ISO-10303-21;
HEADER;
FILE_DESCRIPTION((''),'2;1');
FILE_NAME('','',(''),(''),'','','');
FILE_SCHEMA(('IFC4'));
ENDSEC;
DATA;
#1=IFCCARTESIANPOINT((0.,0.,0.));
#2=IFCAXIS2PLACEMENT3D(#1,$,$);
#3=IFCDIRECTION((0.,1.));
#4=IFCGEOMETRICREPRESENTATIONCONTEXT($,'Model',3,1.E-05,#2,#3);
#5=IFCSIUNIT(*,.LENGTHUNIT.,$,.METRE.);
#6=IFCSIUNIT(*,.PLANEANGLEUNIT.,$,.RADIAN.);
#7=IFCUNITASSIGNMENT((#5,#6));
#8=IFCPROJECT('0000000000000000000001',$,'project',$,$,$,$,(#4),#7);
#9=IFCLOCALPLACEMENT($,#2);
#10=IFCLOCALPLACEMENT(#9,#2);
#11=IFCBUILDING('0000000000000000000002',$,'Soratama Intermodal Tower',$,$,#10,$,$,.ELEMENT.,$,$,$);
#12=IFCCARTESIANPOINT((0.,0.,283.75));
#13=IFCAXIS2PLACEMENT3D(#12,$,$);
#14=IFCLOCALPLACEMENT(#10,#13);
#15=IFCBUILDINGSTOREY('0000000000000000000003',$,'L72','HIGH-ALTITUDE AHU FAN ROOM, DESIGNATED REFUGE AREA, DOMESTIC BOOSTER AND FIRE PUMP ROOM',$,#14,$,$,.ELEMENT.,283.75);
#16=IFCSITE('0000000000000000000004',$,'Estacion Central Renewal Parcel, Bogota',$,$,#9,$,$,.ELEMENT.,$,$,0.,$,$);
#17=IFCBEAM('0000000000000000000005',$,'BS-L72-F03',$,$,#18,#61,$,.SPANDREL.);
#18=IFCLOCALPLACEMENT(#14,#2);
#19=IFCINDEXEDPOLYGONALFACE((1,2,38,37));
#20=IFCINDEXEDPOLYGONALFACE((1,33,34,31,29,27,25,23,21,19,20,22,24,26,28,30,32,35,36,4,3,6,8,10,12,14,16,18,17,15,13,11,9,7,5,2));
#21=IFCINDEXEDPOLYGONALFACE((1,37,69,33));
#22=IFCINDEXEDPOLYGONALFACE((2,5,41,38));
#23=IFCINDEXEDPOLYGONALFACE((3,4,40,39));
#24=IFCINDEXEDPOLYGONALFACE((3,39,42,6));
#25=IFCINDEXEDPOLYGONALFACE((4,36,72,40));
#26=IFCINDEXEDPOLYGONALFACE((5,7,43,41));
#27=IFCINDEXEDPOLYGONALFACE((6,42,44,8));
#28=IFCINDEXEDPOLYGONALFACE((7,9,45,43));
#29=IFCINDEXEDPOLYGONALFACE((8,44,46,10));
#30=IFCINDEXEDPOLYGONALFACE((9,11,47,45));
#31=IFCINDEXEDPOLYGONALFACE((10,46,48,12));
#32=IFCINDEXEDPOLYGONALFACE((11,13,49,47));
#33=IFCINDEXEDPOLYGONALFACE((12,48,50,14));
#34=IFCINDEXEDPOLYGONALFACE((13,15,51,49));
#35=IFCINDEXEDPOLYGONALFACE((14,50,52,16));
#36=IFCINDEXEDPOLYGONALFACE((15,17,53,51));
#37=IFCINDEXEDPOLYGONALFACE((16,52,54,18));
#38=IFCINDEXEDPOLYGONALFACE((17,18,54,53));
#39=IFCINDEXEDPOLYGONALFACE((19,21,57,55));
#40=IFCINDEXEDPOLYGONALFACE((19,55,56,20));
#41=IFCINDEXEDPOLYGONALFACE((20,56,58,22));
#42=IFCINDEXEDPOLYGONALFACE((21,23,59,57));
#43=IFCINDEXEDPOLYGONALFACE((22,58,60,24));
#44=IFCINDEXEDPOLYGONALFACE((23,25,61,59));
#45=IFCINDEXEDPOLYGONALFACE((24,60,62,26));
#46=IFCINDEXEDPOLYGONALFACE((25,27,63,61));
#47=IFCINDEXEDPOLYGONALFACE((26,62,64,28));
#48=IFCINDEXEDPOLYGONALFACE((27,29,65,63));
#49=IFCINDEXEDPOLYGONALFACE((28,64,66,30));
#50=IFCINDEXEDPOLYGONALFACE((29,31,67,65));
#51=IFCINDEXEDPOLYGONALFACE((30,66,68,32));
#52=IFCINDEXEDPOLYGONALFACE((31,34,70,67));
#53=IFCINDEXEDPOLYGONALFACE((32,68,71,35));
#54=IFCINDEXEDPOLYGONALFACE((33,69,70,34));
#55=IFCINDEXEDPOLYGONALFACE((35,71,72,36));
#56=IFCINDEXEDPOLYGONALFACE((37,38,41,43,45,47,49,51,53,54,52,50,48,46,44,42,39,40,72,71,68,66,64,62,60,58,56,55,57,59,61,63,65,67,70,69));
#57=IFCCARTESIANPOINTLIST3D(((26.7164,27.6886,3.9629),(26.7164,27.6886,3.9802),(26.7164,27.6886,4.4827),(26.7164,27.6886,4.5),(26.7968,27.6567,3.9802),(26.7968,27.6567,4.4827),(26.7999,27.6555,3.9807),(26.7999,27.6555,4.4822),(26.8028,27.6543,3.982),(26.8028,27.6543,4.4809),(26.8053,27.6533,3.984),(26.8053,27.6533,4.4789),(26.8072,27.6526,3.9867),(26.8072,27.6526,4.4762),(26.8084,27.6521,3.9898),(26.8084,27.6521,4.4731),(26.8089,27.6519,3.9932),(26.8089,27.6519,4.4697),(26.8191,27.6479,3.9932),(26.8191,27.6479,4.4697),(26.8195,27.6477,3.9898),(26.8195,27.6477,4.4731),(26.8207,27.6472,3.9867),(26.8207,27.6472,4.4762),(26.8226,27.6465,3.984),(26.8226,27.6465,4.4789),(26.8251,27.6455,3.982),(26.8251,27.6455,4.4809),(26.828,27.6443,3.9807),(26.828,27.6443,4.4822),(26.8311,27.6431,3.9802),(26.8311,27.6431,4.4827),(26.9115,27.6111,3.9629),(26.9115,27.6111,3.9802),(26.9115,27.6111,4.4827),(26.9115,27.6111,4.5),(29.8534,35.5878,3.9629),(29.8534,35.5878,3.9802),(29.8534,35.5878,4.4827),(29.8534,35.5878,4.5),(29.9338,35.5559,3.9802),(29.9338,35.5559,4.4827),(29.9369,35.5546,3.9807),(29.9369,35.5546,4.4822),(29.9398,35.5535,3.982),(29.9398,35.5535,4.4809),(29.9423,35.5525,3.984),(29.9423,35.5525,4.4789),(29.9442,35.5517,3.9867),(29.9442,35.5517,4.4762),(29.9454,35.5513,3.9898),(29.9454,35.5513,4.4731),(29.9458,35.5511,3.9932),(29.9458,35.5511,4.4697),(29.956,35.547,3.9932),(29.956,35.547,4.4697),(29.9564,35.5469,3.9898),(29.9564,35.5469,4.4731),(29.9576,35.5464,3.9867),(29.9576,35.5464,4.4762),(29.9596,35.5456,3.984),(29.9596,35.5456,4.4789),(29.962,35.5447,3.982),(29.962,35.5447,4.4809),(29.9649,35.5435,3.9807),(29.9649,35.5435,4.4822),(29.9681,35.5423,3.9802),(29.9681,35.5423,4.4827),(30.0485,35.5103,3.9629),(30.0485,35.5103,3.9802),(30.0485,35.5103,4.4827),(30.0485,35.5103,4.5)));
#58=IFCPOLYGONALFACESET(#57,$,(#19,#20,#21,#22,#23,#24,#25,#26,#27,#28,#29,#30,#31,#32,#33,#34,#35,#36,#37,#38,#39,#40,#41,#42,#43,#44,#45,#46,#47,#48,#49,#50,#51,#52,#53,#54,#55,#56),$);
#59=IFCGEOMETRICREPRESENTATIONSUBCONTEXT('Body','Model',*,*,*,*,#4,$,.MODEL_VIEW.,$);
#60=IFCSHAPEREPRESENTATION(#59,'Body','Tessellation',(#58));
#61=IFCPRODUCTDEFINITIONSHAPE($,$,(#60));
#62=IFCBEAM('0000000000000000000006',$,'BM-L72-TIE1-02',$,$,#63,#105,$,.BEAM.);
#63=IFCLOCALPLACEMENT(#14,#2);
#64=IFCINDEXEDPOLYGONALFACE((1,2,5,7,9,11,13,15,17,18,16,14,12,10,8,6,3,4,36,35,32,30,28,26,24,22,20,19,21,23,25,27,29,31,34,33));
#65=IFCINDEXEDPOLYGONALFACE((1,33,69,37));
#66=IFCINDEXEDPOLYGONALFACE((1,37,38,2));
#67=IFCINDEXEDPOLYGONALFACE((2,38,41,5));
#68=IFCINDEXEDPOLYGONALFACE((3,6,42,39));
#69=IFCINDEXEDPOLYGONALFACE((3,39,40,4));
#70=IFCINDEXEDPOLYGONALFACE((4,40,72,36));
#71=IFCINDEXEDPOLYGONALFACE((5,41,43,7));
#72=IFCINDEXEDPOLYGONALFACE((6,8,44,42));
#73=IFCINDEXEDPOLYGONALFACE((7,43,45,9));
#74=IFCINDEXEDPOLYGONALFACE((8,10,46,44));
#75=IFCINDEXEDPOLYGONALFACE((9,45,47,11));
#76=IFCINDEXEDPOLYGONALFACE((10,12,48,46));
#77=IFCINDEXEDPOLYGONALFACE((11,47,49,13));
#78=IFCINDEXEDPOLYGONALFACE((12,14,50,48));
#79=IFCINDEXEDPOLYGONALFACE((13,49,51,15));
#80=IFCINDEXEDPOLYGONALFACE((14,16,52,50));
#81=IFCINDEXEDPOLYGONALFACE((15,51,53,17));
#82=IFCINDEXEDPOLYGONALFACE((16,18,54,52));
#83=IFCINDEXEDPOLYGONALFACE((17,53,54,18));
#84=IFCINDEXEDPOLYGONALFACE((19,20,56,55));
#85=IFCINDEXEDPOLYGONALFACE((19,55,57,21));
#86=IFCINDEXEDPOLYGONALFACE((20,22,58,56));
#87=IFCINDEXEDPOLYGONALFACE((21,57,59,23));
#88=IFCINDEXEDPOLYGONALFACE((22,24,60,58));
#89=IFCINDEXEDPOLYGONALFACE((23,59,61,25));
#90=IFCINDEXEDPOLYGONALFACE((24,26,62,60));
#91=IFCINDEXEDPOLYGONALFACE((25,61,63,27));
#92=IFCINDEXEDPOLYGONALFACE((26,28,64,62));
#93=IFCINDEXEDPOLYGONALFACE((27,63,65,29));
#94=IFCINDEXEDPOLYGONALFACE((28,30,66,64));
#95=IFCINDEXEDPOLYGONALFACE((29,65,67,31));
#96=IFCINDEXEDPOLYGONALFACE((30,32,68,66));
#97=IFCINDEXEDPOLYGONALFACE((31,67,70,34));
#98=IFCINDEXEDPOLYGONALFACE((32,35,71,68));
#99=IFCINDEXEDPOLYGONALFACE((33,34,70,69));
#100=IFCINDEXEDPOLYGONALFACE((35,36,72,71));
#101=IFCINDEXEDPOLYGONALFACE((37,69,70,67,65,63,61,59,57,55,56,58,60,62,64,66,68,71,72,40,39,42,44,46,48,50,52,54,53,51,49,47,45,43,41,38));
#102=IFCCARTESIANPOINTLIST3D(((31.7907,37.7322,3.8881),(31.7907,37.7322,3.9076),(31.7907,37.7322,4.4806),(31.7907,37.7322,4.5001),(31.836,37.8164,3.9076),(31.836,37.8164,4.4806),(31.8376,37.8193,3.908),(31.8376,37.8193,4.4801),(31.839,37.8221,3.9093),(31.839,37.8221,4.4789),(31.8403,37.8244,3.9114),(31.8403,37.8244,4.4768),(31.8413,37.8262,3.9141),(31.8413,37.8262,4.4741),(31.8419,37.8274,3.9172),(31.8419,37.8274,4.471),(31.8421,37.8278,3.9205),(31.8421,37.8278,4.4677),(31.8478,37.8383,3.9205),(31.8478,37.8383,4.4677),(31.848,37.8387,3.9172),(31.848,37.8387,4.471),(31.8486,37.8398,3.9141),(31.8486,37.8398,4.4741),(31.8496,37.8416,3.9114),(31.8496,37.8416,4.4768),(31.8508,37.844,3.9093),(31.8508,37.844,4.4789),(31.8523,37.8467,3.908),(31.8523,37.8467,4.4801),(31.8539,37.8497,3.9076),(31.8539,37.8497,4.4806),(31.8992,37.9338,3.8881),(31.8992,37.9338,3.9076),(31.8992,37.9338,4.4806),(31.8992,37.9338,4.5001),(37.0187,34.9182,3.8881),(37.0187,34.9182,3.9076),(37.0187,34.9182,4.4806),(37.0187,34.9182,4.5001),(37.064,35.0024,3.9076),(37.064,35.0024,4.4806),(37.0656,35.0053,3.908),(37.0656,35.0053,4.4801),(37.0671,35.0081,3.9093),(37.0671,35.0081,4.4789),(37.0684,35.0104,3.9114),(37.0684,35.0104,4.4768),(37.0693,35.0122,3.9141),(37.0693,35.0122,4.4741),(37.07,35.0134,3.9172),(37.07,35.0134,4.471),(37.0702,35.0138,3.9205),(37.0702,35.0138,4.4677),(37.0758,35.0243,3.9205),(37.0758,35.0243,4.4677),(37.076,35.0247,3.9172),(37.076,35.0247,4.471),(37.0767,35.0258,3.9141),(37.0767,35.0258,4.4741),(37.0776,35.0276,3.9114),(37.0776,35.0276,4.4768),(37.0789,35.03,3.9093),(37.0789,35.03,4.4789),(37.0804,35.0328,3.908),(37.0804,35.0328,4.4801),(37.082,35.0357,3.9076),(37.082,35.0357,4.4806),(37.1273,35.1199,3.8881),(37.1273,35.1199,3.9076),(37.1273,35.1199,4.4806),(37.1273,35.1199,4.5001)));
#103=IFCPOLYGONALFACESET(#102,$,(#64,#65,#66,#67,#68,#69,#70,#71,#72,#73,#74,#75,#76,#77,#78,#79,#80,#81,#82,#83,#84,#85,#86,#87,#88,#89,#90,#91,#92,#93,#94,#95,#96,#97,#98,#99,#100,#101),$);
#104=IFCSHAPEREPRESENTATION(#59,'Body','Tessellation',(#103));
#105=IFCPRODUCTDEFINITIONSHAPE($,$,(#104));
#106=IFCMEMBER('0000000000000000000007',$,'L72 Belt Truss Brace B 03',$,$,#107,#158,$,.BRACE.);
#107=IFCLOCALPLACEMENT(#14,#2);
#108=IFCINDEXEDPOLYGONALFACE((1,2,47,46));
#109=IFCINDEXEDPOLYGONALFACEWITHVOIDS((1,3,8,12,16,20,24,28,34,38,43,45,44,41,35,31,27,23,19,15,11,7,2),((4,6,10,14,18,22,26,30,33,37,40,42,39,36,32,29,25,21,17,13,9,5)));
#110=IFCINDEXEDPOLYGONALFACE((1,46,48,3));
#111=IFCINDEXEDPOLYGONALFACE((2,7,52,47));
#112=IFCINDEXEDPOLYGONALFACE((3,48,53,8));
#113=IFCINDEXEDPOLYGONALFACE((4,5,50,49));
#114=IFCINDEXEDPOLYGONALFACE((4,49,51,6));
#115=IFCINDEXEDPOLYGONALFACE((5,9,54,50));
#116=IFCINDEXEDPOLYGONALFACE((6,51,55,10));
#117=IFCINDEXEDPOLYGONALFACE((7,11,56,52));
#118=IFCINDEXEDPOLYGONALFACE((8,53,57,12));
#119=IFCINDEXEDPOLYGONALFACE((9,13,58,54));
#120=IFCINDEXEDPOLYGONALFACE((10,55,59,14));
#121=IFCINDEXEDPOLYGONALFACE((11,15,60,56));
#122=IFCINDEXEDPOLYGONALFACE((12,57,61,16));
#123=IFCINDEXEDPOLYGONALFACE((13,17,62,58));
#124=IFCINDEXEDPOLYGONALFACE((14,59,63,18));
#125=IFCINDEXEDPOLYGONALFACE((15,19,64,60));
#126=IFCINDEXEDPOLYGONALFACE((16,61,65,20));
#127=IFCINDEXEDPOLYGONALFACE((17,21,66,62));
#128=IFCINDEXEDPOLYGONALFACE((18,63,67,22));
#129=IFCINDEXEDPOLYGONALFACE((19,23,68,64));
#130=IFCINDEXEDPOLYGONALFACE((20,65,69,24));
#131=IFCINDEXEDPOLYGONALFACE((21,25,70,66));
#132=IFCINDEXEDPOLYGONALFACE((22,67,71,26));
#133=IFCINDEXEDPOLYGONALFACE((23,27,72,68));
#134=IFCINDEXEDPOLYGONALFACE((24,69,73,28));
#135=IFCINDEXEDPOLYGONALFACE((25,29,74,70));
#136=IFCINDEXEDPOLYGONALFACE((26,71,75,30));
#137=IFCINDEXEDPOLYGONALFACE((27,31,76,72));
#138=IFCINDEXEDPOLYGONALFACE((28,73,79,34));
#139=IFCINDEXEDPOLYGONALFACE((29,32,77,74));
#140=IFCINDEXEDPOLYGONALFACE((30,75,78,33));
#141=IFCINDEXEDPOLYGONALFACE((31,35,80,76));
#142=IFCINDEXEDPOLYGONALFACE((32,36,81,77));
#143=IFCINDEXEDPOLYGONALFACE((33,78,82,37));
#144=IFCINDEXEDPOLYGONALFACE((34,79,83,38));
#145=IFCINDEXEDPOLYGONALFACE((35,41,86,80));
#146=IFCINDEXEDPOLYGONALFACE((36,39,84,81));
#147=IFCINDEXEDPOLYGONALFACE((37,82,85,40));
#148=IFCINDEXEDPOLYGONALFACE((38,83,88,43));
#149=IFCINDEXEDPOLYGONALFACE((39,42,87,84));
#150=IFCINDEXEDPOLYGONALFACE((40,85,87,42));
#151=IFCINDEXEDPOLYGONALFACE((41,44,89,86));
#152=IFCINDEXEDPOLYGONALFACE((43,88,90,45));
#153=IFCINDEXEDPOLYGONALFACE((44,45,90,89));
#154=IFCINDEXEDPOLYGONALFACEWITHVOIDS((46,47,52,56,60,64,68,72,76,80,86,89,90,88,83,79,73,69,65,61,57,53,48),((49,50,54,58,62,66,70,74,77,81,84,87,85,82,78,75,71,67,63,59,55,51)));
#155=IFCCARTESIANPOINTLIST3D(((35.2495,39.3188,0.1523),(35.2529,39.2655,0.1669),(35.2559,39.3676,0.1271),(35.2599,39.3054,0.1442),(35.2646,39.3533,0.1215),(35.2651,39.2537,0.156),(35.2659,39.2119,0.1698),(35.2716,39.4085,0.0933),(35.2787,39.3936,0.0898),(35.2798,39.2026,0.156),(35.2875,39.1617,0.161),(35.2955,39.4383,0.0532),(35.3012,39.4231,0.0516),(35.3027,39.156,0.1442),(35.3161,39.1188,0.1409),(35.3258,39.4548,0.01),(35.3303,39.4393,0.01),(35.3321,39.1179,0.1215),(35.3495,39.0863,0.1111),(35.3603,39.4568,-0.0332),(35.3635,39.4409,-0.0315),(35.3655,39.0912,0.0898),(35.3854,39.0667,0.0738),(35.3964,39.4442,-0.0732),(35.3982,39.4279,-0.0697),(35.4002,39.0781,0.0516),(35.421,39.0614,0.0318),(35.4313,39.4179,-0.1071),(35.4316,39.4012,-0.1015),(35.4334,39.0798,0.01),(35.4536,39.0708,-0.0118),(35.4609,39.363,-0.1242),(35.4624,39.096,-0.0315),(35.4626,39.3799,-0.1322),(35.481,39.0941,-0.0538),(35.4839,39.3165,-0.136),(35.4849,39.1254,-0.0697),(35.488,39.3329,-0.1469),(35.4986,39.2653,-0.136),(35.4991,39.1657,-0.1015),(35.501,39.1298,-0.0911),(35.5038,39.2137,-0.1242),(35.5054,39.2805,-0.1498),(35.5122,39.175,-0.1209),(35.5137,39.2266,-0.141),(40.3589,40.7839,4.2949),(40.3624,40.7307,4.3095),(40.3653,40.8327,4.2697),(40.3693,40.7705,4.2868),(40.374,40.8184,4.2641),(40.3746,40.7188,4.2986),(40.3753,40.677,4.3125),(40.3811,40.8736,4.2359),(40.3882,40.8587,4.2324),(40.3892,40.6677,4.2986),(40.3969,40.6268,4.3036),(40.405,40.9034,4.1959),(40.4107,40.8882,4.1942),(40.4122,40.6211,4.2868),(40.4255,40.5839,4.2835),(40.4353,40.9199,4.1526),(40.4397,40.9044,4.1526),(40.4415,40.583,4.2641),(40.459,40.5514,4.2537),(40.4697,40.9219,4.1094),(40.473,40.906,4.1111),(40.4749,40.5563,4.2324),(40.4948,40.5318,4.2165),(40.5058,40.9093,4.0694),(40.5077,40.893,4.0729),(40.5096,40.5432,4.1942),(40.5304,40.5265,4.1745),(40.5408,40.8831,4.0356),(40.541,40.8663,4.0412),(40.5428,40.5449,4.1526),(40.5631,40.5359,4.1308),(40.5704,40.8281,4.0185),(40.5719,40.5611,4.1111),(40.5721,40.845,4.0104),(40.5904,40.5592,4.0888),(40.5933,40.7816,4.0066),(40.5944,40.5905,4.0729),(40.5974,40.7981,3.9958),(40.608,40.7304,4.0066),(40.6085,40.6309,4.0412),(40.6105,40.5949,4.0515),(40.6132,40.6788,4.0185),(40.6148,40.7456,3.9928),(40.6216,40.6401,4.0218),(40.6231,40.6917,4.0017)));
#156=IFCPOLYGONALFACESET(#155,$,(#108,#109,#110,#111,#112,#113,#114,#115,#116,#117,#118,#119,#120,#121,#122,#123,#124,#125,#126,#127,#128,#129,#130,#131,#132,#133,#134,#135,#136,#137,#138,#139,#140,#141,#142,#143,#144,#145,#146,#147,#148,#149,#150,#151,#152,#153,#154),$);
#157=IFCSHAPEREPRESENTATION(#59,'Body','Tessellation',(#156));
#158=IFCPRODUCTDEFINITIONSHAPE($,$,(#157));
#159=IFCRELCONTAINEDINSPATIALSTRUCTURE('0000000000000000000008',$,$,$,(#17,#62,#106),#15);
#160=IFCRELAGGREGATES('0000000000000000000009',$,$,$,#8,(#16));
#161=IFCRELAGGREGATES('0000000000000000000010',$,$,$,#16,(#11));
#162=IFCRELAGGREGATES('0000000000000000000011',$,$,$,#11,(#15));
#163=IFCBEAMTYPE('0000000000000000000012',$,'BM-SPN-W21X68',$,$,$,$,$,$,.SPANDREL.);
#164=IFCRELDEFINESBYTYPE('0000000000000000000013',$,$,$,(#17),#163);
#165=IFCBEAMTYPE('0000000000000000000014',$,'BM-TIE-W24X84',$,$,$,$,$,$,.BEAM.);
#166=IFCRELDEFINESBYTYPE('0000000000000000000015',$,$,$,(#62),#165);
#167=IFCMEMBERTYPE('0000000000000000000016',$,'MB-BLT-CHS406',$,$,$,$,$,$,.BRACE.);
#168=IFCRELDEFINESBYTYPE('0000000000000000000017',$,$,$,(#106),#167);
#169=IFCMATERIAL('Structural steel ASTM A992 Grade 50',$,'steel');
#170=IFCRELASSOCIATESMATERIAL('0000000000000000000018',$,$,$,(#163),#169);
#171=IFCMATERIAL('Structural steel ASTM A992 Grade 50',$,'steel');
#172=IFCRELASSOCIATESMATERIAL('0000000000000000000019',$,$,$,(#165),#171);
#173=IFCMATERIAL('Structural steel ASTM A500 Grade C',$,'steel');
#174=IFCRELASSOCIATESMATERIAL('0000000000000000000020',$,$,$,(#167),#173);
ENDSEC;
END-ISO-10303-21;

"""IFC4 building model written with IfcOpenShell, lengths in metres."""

from ifc_helpers import new_model, si_unit, direction, frame, origin, origin_2d, place, context, subcontext, project, spatial, hollow_circle, i_section, extrude, material, material_profile, profile_set, type_object, element, save


model = new_model("IFC4")

# Units and contexts
model_context = context("Model", 3, precision=1e-05, world=origin(), true_north=direction((0.0, 1.0)))
body_context = subcontext(model_context, "Body", "Model", "MODEL_VIEW")
ifc_project = project(units=[si_unit("LENGTHUNIT", "METRE"), si_unit("PLANEANGLEUNIT", "RADIAN")], contexts=[model_context])

# Site, building, storey
site_placement = place(None, origin())
site = spatial("IfcSite", under=ifc_project, at=site_placement, Name="Estacion Central Renewal Parcel, Bogota", CompositionType="ELEMENT", RefElevation=0.0)
building_placement = place(site_placement, origin())
building = spatial("IfcBuilding", under=site, at=building_placement, Name="Soratama Intermodal Tower", CompositionType="ELEMENT")
storey_placement = place(building_placement, frame((0.0, 0.0, 283.75)))
storey = spatial("IfcBuildingStorey", under=building, at=storey_placement, Name="L72", Description="HIGH-ALTITUDE AHU FAN ROOM, DESIGNATED REFUGE AREA, DOMESTIC BOOSTER AND FIRE PUMP ROOM", CompositionType="ELEMENT", Elevation=283.75)

# Beams
ifc_material_1 = material(Name="Structural steel ASTM A992 Grade 50", Category="steel")
ifc_material_profile_1 = material_profile(ifc_material_1, i_section(OverallWidth=0.21, OverallDepth=0.5371, WebThickness=0.011, FlangeThickness=0.0173, FilletRadius=0.0129, at=origin_2d()), Name="W21X68")
ifc_profile_set_1 = profile_set([ifc_material_profile_1], Name="Structural steel ASTM A992 Grade 50")
beam_type_1 = type_object("IfcBeamType", Name="BM-SPN-W21X68", PredefinedType="SPANDREL", material=ifc_profile_set_1)
beam_1_placement = place(storey_placement, frame((29.9509, 35.5491, 4.2314), z_axis=(-0.369087, -0.929395, 0.0), x_axis=(0.929395, -0.369087, 0.0)))
element("IfcBeam", 1, at=beam_1_placement, inside=storey, type_object=beam_type_1, Name="BS-L72-F03", PredefinedType="SPANDREL", context=body_context, shape_type="SweptSolid", body=[
    extrude(i_section(OverallWidth=0.21, OverallDepth=0.5371, WebThickness=0.011, FlangeThickness=0.0173, FilletRadius=0.0129, at=origin_2d()), origin(), (0.0, 0.0, 1.0), 8.4993),
])
ifc_material_2 = material(Name="Structural steel ASTM A992 Grade 50", Category="steel")
ifc_material_profile_2 = material_profile(ifc_material_2, i_section(OverallWidth=0.229, OverallDepth=0.6121, WebThickness=0.012, FlangeThickness=0.0195, FilletRadius=0.0129, at=origin_2d()), Name="W24X84")
ifc_profile_set_2 = profile_set([ifc_material_profile_2], Name="Structural steel ASTM A992 Grade 50")
beam_type_2 = type_object("IfcBeamType", Name="BM-TIE-W24X84", PredefinedType="BEAM", material=ifc_profile_set_2)
beam_2_placement = place(storey_placement, frame((37.073, 35.019, 4.1941), z_axis=(-0.88055, 0.473953, 0.0), x_axis=(-0.473953, -0.88055, 0.0)))
element("IfcBeam", 2, at=beam_2_placement, inside=storey, type_object=beam_type_2, Name="BM-L72-TIE1-02", PredefinedType="BEAM", context=body_context, shape_type="SweptSolid", body=[
    extrude(i_section(OverallWidth=0.229, OverallDepth=0.6121, WebThickness=0.012, FlangeThickness=0.0195, FilletRadius=0.0129, at=origin_2d()), origin(), (0.0, 0.0, 1.0), 5.9373),
])

# Member
ifc_material_3 = material(Name="Structural steel ASTM A500 Grade C", Category="steel")
ifc_material_profile_3 = material_profile(ifc_material_3, hollow_circle(Radius=0.2031, WallThickness=0.0161, at=origin_2d()), Name="CHS406X16")
ifc_profile_set_3 = profile_set([ifc_material_profile_3], Name="Structural steel ASTM A500 Grade C")
member_type_1 = type_object("IfcMemberType", Name="MB-BLT-CHS406", PredefinedType="BRACE", material=ifc_profile_set_3)
member_1_placement = place(storey_placement, frame((35.3818, 39.2595, 0.01), z_axis=(0.758188, 0.217407, 0.614724), x_axis=(-0.275637, 0.961262, 0.0)))
element("IfcMember", 3, at=member_1_placement, inside=storey, type_object=member_type_1, Name="L72 Belt Truss Brace B 03", PredefinedType="BRACE", context=body_context, shape_type="SweptSolid", body=[
    extrude(hollow_circle(Radius=0.2031, WallThickness=0.0161, at=origin_2d()), origin(), (0.0, 0.0, 1.0), 6.739),
])

save(model, "model.ifc")
